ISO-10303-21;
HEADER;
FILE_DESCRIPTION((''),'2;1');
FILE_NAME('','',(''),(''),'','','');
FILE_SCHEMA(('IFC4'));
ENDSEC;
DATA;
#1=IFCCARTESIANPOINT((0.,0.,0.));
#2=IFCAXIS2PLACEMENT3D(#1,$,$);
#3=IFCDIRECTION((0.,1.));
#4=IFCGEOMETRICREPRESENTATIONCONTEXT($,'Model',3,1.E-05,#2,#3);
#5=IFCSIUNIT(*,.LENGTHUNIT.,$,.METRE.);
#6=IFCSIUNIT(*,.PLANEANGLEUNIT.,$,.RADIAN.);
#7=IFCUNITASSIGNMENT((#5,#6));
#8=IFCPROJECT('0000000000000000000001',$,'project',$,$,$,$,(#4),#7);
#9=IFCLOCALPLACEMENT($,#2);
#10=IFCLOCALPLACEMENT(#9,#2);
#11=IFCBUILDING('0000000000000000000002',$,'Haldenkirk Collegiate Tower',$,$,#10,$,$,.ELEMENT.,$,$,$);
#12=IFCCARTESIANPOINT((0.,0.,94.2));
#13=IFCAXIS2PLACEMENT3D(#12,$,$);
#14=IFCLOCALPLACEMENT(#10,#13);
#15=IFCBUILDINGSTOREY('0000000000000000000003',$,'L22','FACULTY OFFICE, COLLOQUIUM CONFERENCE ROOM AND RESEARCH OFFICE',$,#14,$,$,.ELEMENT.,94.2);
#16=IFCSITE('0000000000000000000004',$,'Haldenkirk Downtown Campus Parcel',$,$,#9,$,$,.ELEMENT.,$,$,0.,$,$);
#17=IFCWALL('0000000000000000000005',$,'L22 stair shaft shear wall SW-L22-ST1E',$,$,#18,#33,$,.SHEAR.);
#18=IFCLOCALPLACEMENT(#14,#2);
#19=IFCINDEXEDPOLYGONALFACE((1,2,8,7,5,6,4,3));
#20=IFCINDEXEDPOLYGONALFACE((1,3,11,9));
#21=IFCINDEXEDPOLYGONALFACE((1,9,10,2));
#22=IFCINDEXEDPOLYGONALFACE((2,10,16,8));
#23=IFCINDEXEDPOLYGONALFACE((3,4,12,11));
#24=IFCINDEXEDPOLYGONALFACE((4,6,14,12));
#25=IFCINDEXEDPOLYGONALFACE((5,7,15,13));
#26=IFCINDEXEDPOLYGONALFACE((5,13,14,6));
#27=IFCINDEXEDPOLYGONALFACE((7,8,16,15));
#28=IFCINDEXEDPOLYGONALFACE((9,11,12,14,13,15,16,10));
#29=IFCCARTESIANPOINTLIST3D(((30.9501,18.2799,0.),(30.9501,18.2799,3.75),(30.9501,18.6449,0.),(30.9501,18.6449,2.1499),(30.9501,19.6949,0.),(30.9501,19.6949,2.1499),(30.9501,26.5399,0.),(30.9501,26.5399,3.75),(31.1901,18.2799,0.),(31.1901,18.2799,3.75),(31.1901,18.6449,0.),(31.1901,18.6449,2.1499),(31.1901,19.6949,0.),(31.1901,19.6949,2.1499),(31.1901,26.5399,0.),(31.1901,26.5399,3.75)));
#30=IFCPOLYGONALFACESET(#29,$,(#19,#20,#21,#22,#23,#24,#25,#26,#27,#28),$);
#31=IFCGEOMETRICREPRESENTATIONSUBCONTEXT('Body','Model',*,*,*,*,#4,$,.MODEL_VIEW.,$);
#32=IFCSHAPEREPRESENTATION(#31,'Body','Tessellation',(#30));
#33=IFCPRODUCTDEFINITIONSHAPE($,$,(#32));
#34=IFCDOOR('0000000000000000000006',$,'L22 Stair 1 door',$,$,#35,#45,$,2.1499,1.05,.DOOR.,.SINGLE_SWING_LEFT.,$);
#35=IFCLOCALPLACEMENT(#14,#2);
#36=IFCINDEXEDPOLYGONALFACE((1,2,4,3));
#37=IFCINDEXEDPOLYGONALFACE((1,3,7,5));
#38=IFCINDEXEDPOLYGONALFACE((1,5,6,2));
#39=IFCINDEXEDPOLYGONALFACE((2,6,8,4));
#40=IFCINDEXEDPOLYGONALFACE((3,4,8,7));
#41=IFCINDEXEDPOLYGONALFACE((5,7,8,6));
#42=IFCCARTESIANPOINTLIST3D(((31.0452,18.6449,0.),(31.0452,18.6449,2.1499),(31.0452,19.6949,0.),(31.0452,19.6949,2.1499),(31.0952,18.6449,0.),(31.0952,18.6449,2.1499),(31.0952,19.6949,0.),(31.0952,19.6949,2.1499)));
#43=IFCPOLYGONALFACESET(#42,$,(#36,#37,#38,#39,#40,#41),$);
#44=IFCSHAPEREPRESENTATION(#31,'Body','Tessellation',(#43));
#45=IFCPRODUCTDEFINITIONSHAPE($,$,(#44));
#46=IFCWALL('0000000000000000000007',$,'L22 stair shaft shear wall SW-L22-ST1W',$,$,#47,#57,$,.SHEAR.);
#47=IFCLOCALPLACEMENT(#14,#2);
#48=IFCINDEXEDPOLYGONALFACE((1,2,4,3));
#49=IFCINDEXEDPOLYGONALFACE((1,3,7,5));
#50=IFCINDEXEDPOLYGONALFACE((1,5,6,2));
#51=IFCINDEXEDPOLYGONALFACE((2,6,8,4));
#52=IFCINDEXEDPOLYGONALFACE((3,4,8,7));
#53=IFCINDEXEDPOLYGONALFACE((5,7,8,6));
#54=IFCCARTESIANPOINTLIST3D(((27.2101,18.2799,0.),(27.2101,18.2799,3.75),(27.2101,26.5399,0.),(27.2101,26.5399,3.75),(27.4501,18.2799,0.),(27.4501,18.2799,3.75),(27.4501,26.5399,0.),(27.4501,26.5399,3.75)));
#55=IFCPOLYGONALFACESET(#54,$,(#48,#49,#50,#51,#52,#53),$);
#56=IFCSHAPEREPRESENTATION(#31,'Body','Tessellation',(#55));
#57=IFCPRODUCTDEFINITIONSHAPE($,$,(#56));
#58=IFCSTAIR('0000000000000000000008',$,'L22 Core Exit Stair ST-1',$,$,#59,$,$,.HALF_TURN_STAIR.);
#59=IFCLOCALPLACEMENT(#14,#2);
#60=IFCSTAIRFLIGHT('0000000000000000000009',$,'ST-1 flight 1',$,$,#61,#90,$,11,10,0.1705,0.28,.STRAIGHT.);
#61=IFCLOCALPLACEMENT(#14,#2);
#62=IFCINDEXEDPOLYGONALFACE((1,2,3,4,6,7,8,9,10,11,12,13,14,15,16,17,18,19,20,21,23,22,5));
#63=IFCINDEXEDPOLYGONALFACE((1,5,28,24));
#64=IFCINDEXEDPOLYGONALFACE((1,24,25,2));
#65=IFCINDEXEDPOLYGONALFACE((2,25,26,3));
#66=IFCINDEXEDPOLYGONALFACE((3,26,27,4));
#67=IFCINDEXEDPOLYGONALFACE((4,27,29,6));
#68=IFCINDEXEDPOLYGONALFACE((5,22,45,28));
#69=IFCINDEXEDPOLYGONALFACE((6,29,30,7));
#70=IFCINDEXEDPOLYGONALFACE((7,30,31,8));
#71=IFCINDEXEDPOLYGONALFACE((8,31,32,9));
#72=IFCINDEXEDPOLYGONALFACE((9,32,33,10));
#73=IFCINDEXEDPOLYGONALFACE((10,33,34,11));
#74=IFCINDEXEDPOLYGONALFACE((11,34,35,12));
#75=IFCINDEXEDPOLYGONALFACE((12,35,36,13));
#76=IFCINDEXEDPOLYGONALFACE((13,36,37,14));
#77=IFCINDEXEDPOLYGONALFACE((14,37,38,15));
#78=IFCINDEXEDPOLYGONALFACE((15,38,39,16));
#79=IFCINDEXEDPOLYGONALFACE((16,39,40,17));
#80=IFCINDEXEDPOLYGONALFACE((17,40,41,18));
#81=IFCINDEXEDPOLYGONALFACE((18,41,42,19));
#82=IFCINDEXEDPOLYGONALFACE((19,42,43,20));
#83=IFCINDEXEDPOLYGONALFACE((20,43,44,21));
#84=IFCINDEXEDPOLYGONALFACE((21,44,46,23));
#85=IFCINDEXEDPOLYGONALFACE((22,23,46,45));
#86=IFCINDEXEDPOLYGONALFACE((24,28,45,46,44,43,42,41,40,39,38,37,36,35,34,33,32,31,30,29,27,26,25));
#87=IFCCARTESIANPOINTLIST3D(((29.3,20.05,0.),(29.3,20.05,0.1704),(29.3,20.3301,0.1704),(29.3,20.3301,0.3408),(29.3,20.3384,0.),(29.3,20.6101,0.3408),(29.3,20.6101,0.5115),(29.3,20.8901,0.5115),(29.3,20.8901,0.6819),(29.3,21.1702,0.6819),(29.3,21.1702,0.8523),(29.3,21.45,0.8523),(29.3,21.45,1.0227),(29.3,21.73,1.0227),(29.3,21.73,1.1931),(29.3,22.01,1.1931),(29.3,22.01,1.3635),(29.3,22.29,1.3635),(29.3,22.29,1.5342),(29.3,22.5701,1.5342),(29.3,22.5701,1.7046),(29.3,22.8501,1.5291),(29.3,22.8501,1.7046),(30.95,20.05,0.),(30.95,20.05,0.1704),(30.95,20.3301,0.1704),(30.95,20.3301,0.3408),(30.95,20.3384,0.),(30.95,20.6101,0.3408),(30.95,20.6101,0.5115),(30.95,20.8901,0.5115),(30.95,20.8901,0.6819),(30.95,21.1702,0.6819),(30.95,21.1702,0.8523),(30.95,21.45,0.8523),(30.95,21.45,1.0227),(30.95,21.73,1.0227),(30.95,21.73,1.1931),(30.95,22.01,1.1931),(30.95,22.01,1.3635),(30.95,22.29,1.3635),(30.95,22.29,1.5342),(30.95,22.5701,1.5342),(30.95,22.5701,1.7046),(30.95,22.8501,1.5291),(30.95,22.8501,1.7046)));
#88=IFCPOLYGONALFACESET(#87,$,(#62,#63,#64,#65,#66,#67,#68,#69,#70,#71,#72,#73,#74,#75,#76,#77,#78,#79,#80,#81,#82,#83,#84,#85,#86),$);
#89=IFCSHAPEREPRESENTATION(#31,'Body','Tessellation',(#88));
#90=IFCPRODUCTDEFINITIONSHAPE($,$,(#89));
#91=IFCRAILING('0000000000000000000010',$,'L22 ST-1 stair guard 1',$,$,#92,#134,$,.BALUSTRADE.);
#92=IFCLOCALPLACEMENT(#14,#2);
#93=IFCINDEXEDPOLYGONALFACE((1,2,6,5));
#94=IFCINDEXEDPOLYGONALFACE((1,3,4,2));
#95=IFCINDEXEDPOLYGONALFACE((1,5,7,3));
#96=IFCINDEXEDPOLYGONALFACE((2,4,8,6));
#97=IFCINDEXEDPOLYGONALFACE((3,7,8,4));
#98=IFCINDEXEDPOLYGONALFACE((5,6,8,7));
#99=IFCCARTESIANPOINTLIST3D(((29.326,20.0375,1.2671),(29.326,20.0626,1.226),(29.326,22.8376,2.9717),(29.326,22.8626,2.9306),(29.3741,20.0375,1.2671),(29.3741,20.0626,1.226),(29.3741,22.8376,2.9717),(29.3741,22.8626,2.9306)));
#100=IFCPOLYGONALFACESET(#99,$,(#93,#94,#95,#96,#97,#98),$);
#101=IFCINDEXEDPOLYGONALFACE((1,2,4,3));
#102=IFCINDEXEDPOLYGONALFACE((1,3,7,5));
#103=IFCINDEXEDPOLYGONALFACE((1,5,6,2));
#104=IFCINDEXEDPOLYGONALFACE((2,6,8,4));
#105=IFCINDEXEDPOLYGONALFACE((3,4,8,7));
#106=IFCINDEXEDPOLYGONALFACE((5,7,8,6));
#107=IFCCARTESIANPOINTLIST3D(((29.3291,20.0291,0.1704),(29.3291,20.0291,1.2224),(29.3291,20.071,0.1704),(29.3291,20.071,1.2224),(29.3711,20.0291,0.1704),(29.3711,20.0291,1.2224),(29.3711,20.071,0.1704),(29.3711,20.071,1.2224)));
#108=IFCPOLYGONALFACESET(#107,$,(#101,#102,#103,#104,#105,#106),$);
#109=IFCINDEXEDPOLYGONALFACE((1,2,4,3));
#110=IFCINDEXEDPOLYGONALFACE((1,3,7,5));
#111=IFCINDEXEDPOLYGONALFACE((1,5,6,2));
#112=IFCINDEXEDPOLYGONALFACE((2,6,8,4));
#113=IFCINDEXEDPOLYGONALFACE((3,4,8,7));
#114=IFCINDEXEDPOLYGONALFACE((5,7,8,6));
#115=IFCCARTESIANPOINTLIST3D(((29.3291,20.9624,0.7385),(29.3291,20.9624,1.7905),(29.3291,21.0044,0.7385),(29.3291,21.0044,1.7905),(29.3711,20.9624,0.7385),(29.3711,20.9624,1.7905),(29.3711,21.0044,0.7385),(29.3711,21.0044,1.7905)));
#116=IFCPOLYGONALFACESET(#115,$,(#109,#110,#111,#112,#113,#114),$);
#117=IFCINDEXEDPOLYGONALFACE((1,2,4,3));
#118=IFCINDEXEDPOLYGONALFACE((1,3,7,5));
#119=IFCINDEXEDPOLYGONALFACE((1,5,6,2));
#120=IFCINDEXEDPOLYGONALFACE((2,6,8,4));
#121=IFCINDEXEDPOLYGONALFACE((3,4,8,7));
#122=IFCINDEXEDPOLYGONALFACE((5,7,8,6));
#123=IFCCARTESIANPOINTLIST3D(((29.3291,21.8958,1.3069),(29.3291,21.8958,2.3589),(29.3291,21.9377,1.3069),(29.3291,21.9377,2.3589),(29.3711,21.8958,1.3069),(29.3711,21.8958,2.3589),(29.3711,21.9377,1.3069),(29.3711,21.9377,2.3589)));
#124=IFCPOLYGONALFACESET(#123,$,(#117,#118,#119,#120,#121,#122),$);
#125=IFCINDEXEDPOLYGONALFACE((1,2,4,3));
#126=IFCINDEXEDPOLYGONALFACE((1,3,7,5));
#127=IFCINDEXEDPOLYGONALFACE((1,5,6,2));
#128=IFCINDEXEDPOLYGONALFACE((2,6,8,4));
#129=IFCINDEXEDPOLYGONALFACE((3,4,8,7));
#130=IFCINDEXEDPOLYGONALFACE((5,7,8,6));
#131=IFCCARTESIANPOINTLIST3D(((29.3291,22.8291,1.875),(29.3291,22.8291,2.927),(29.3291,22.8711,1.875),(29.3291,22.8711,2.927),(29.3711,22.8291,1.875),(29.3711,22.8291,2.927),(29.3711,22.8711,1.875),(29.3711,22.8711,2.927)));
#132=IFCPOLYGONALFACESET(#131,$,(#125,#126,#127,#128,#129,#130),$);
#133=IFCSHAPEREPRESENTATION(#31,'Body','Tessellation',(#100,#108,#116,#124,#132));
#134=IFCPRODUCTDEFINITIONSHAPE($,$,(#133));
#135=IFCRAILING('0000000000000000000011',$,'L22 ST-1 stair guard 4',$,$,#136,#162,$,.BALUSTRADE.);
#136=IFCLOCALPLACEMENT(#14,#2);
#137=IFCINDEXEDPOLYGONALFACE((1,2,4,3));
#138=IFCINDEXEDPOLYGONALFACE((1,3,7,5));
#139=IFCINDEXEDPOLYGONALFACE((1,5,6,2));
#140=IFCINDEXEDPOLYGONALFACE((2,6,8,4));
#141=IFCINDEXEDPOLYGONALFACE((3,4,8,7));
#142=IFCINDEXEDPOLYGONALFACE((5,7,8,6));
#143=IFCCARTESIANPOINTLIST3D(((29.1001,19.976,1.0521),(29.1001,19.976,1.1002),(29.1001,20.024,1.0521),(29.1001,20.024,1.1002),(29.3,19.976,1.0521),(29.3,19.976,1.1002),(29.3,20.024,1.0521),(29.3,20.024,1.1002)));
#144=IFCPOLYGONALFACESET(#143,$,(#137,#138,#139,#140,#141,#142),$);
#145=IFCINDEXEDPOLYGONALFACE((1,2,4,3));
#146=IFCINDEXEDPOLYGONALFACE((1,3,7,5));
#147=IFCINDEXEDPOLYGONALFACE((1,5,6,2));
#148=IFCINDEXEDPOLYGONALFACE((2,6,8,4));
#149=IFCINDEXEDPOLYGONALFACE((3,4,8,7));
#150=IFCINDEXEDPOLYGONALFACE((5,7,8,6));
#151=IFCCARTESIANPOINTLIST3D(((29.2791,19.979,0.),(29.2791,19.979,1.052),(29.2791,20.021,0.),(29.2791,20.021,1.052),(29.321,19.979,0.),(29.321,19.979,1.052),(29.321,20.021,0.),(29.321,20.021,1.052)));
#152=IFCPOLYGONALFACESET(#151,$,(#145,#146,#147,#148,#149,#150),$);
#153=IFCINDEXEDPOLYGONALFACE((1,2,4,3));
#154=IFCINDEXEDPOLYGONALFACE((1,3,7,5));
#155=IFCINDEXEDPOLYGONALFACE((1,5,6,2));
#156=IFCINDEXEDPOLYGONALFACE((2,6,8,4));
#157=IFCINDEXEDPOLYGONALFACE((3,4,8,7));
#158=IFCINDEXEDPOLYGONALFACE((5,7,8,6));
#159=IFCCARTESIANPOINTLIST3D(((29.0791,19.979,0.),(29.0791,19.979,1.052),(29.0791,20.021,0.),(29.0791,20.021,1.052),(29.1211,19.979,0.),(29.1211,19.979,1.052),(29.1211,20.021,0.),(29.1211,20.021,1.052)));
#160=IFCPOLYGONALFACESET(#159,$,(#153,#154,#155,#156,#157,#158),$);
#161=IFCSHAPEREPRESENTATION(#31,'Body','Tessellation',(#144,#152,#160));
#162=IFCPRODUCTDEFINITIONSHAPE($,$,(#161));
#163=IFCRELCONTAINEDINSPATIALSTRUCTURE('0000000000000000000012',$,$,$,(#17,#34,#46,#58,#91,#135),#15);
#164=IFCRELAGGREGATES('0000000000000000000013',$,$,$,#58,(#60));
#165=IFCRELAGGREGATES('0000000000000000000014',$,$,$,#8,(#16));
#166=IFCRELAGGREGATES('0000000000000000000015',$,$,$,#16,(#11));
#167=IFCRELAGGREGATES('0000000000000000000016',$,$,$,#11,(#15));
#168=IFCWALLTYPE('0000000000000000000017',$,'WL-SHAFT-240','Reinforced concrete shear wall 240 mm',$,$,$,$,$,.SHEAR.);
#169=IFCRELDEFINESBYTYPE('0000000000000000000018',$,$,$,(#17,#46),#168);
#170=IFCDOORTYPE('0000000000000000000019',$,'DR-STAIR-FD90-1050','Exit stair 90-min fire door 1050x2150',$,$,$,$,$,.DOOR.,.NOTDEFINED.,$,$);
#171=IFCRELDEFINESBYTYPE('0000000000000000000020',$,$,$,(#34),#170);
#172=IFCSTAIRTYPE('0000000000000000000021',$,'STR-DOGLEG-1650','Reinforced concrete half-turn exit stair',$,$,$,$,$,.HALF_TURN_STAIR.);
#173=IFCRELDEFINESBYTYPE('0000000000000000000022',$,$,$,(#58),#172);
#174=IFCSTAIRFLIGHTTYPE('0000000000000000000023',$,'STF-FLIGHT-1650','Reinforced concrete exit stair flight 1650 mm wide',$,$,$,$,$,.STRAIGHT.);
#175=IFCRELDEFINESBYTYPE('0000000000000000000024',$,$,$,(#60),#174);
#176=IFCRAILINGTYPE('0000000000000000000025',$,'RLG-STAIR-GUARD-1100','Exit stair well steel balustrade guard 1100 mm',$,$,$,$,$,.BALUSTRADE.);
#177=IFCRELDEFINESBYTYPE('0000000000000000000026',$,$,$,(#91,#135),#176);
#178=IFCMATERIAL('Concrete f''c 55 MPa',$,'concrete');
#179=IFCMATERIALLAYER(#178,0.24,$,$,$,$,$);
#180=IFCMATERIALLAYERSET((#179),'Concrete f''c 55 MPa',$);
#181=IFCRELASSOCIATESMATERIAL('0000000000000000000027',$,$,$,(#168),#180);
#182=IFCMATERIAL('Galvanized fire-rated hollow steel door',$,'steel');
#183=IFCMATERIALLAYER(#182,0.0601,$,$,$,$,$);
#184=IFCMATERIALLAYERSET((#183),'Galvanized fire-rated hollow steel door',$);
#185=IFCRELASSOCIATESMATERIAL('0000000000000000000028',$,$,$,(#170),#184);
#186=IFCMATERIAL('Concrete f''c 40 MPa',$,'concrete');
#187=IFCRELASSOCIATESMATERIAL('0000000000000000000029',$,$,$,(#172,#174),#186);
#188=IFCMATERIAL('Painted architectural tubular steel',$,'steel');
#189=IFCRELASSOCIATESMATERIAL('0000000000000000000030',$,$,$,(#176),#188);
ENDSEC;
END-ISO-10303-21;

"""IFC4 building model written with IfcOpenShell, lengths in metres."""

from ifc_helpers import new_model, si_unit, direction, frame, frame_2d, origin, origin_2d, place, context, subcontext, project, spatial, polyline, rectangle, outline, extrude, material, layer, layer_set, type_object, element, fill, aggregate, save


model = new_model("IFC4")

# Units and contexts
model_context = context("Model", 3, precision=1e-05, world=origin(), true_north=direction((0.0, 1.0)))
body_context = subcontext(model_context, "Body", "Model", "MODEL_VIEW")
ifc_project = project(units=[si_unit("LENGTHUNIT", "METRE"), si_unit("PLANEANGLEUNIT", "RADIAN")], contexts=[model_context])

# Site, building, storey
site_placement = place(None, origin())
site = spatial("IfcSite", under=ifc_project, at=site_placement, Name="Haldenkirk Downtown Campus Parcel", CompositionType="ELEMENT", RefElevation=0.0)
building_placement = place(site_placement, origin())
building = spatial("IfcBuilding", under=site, at=building_placement, Name="Haldenkirk Collegiate Tower", CompositionType="ELEMENT")
storey_placement = place(building_placement, frame((0.0, 0.0, 94.2)))
storey = spatial("IfcBuildingStorey", under=building, at=storey_placement, Name="L22", Description="FACULTY OFFICE, COLLOQUIUM CONFERENCE ROOM AND RESEARCH OFFICE", CompositionType="ELEMENT", Elevation=94.2)

# Shared definitions
ifc_material_1 = material(Name="Galvanized fire-rated hollow steel door", Category="steel")

# Wall, opening, door
ifc_material_2 = material(Name="Concrete f'c 55 MPa", Category="concrete")
ifc_layer_1 = layer(ifc_material_2, 0.24)
ifc_layer_set_1 = layer_set([ifc_layer_1], Name="Concrete f'c 55 MPa")
wall_type_1 = type_object("IfcWallType", Name="WL-SHAFT-240", Description="Reinforced concrete shear wall 240 mm", PredefinedType="SHEAR", material=ifc_layer_set_1)
wall_1_placement = place(storey_placement, frame((31.0701, 18.28, 0.0), z_axis=(0.0, 0.0, 1.0), x_axis=(0.0, 1.0, 0.0)))
wall_1 = element("IfcWall", 1, at=wall_1_placement, inside=storey, type_object=wall_type_1, Name="L22 stair shaft shear wall SW-L22-ST1E", PredefinedType="SHEAR", context=body_context, shape_type="SweptSolid", body=[
    extrude(rectangle(XDim=8.26, YDim=0.24, at=frame_2d((4.1299, 0.0))), origin(), (0.0, 0.0, 1.0), 3.75),
])
opening_1_placement = place(wall_1_placement, frame((0.365, 0.0, 0.0)))
opening_1 = element("IfcOpeningElement", 2, at=opening_1_placement, cuts=wall_1, PredefinedType="OPENING", context=body_context, shape_type="SweptSolid", body=[
    extrude(rectangle(XDim=1.05, YDim=2.1499, at=frame_2d((0.5249, 1.075))), frame((0.0, 0.1299, 0.0), z_axis=(0.0, -1.0, 0.0), x_axis=(1.0, 0.0, 0.0)), (0.0, 0.0, 1.0), 0.26),
])
ifc_layer_2 = layer(ifc_material_1, 0.0601)
ifc_layer_set_2 = layer_set([ifc_layer_2], Name="Galvanized fire-rated hollow steel door")
door_type_1 = type_object("IfcDoorType", Name="DR-STAIR-FD90-1050", Description="Exit stair 90-min fire door 1050x2150", OperationType="NOTDEFINED", PredefinedType="DOOR", material=ifc_layer_set_2)
door_1_placement = place(opening_1_placement, origin())
door_1 = element("IfcDoor", 3, at=door_1_placement, inside=storey, type_object=door_type_1, Name="L22 Stair 1 door", OperationType="SINGLE_SWING_LEFT", OverallHeight=2.1499, OverallWidth=1.05, PredefinedType="DOOR", context=body_context, shape_type="SweptSolid", body=[
    extrude(rectangle(XDim=1.05, YDim=2.1499, at=frame_2d((0.5249, 1.075))), frame((0.0, 0.0249, 0.0), z_axis=(0.0, -1.0, 0.0), x_axis=(1.0, 0.0, 0.0)), (0.0, 0.0, 1.0), 0.05),
])
fill(opening_1, door_1)

# Wall
wall_2_placement = place(storey_placement, frame((27.3301, 18.28, 0.0), z_axis=(0.0, 0.0, 1.0), x_axis=(0.0, 1.0, 0.0)))
element("IfcWall", 4, at=wall_2_placement, inside=storey, type_object=wall_type_1, Name="L22 stair shaft shear wall SW-L22-ST1W", PredefinedType="SHEAR", context=body_context, shape_type="SweptSolid", body=[
    extrude(rectangle(XDim=8.26, YDim=0.24, at=frame_2d((4.1299, 0.0))), origin(), (0.0, 0.0, 1.0), 3.75),
])

# Stair, stair flight
ifc_material_3 = material(Name="Concrete f'c 40 MPa", Category="concrete")
stair_type = type_object("IfcStairType", Name="STR-DOGLEG-1650", Description="Reinforced concrete half-turn exit stair", PredefinedType="HALF_TURN_STAIR", material=ifc_material_3)
stair_placement = place(storey_placement, origin())
stair = element("IfcStair", 5, at=stair_placement, inside=storey, type_object=stair_type, Name="L22 Core Exit Stair ST-1", PredefinedType="HALF_TURN_STAIR")
stair_flight_type = type_object("IfcStairFlightType", Name="STF-FLIGHT-1650", Description="Reinforced concrete exit stair flight 1650 mm wide", PredefinedType="STRAIGHT", material=ifc_material_3)
stair_flight_placement = place(storey_placement, frame((30.125, 20.05, 0.0), z_axis=(0.0, 0.0, 1.0), x_axis=(0.0, 1.0, 0.0)))
stair_flight = element("IfcStairFlight", 6, at=stair_flight_placement, type_object=stair_flight_type, Name="ST-1 flight 1", NumberOfRisers=11, NumberOfTreads=10, PredefinedType="STRAIGHT", RiserHeight=0.1705, TreadLength=0.28, context=body_context, shape_type="SweptSolid", body=[
    extrude(outline(polyline([(0.0, 0.0), (0.0, 0.1704), (0.28, 0.1704), (0.28, 0.3408), (0.5601, 0.3408), (0.5601, 0.5115), (0.8401, 0.5115), (0.8401, 0.6819), (1.1201, 0.6819), (1.1201, 0.8523), (1.3999, 0.8523), (1.3999, 1.0227), (1.6799, 1.0227), (1.6799, 1.1931), (1.96, 1.1931), (1.96, 1.3635), (2.24, 1.3635), (2.24, 1.5342), (2.52, 1.5342), (2.52, 1.7046), (2.8, 1.7046), (2.8, 1.875), (2.8, 1.5291), (0.2883, 0.0), (0.0, 0.0)])), frame((0.0, 0.825, 0.0), z_axis=(0.0, -1.0, 0.0), x_axis=(1.0, 0.0, 0.0)), (0.0, 0.0, 1.0), 1.6499),
])
aggregate(stair, [stair_flight])

# Railings
ifc_material_4 = material(Name="Painted architectural tubular steel", Category="steel")
railing_type = type_object("IfcRailingType", Name="RLG-STAIR-GUARD-1100", Description="Exit stair well steel balustrade guard 1100 mm", PredefinedType="BALUSTRADE", material=ifc_material_4)
railing_1_placement = place(storey_placement, frame((29.3501, 20.05, 0.1704)))
element("IfcRailing", 7, at=railing_1_placement, inside=storey, type_object=railing_type, Name="L22 ST-1 stair guard 1", PredefinedType="BALUSTRADE", context=body_context, shape_type="SweptSolid", body=[
    extrude(rectangle(XDim=0.0481, YDim=0.0481, at=origin_2d()), frame((0.0, 0.0, 1.0762), z_axis=(0.0, 0.85417, 0.519994), x_axis=(-1.0, 0.0, 0.0)), (0.0, 0.0, 1.0), 3.2781),
    extrude(rectangle(XDim=0.042, YDim=0.042, at=origin_2d()), origin(), (0.0, 0.0, 1.0), 1.052),
    extrude(rectangle(XDim=0.042, YDim=0.042, at=origin_2d()), frame((0.0, 0.9333, 0.5681)), (0.0, 0.0, 1.0), 1.052),
    extrude(rectangle(XDim=0.042, YDim=0.042, at=origin_2d()), frame((0.0, 1.8667, 1.1365)), (0.0, 0.0, 1.0), 1.052),
    extrude(rectangle(XDim=0.042, YDim=0.042, at=origin_2d()), frame((0.0, 2.8, 1.7046)), (0.0, 0.0, 1.0), 1.052),
])
railing_2_placement = place(storey_placement, frame((29.3, 20.0, 0.0)))
element("IfcRailing", 8, at=railing_2_placement, inside=storey, type_object=railing_type, Name="L22 ST-1 stair guard 4", PredefinedType="BALUSTRADE", context=body_context, shape_type="SweptSolid", body=[
    extrude(rectangle(XDim=0.0481, YDim=0.0481, at=origin_2d()), frame((0.0, 0.0, 1.0762), z_axis=(-1.0, 0.0, 0.0), x_axis=(0.0, -1.0, 0.0)), (0.0, 0.0, 1.0), 0.2),
    extrude(rectangle(XDim=0.042, YDim=0.042, at=origin_2d()), origin(), (0.0, 0.0, 1.0), 1.052),
    extrude(rectangle(XDim=0.042, YDim=0.042, at=origin_2d()), frame((-0.2, 0.0, 0.0)), (0.0, 0.0, 1.0), 1.052),
])

save(model, "model.ifc")
